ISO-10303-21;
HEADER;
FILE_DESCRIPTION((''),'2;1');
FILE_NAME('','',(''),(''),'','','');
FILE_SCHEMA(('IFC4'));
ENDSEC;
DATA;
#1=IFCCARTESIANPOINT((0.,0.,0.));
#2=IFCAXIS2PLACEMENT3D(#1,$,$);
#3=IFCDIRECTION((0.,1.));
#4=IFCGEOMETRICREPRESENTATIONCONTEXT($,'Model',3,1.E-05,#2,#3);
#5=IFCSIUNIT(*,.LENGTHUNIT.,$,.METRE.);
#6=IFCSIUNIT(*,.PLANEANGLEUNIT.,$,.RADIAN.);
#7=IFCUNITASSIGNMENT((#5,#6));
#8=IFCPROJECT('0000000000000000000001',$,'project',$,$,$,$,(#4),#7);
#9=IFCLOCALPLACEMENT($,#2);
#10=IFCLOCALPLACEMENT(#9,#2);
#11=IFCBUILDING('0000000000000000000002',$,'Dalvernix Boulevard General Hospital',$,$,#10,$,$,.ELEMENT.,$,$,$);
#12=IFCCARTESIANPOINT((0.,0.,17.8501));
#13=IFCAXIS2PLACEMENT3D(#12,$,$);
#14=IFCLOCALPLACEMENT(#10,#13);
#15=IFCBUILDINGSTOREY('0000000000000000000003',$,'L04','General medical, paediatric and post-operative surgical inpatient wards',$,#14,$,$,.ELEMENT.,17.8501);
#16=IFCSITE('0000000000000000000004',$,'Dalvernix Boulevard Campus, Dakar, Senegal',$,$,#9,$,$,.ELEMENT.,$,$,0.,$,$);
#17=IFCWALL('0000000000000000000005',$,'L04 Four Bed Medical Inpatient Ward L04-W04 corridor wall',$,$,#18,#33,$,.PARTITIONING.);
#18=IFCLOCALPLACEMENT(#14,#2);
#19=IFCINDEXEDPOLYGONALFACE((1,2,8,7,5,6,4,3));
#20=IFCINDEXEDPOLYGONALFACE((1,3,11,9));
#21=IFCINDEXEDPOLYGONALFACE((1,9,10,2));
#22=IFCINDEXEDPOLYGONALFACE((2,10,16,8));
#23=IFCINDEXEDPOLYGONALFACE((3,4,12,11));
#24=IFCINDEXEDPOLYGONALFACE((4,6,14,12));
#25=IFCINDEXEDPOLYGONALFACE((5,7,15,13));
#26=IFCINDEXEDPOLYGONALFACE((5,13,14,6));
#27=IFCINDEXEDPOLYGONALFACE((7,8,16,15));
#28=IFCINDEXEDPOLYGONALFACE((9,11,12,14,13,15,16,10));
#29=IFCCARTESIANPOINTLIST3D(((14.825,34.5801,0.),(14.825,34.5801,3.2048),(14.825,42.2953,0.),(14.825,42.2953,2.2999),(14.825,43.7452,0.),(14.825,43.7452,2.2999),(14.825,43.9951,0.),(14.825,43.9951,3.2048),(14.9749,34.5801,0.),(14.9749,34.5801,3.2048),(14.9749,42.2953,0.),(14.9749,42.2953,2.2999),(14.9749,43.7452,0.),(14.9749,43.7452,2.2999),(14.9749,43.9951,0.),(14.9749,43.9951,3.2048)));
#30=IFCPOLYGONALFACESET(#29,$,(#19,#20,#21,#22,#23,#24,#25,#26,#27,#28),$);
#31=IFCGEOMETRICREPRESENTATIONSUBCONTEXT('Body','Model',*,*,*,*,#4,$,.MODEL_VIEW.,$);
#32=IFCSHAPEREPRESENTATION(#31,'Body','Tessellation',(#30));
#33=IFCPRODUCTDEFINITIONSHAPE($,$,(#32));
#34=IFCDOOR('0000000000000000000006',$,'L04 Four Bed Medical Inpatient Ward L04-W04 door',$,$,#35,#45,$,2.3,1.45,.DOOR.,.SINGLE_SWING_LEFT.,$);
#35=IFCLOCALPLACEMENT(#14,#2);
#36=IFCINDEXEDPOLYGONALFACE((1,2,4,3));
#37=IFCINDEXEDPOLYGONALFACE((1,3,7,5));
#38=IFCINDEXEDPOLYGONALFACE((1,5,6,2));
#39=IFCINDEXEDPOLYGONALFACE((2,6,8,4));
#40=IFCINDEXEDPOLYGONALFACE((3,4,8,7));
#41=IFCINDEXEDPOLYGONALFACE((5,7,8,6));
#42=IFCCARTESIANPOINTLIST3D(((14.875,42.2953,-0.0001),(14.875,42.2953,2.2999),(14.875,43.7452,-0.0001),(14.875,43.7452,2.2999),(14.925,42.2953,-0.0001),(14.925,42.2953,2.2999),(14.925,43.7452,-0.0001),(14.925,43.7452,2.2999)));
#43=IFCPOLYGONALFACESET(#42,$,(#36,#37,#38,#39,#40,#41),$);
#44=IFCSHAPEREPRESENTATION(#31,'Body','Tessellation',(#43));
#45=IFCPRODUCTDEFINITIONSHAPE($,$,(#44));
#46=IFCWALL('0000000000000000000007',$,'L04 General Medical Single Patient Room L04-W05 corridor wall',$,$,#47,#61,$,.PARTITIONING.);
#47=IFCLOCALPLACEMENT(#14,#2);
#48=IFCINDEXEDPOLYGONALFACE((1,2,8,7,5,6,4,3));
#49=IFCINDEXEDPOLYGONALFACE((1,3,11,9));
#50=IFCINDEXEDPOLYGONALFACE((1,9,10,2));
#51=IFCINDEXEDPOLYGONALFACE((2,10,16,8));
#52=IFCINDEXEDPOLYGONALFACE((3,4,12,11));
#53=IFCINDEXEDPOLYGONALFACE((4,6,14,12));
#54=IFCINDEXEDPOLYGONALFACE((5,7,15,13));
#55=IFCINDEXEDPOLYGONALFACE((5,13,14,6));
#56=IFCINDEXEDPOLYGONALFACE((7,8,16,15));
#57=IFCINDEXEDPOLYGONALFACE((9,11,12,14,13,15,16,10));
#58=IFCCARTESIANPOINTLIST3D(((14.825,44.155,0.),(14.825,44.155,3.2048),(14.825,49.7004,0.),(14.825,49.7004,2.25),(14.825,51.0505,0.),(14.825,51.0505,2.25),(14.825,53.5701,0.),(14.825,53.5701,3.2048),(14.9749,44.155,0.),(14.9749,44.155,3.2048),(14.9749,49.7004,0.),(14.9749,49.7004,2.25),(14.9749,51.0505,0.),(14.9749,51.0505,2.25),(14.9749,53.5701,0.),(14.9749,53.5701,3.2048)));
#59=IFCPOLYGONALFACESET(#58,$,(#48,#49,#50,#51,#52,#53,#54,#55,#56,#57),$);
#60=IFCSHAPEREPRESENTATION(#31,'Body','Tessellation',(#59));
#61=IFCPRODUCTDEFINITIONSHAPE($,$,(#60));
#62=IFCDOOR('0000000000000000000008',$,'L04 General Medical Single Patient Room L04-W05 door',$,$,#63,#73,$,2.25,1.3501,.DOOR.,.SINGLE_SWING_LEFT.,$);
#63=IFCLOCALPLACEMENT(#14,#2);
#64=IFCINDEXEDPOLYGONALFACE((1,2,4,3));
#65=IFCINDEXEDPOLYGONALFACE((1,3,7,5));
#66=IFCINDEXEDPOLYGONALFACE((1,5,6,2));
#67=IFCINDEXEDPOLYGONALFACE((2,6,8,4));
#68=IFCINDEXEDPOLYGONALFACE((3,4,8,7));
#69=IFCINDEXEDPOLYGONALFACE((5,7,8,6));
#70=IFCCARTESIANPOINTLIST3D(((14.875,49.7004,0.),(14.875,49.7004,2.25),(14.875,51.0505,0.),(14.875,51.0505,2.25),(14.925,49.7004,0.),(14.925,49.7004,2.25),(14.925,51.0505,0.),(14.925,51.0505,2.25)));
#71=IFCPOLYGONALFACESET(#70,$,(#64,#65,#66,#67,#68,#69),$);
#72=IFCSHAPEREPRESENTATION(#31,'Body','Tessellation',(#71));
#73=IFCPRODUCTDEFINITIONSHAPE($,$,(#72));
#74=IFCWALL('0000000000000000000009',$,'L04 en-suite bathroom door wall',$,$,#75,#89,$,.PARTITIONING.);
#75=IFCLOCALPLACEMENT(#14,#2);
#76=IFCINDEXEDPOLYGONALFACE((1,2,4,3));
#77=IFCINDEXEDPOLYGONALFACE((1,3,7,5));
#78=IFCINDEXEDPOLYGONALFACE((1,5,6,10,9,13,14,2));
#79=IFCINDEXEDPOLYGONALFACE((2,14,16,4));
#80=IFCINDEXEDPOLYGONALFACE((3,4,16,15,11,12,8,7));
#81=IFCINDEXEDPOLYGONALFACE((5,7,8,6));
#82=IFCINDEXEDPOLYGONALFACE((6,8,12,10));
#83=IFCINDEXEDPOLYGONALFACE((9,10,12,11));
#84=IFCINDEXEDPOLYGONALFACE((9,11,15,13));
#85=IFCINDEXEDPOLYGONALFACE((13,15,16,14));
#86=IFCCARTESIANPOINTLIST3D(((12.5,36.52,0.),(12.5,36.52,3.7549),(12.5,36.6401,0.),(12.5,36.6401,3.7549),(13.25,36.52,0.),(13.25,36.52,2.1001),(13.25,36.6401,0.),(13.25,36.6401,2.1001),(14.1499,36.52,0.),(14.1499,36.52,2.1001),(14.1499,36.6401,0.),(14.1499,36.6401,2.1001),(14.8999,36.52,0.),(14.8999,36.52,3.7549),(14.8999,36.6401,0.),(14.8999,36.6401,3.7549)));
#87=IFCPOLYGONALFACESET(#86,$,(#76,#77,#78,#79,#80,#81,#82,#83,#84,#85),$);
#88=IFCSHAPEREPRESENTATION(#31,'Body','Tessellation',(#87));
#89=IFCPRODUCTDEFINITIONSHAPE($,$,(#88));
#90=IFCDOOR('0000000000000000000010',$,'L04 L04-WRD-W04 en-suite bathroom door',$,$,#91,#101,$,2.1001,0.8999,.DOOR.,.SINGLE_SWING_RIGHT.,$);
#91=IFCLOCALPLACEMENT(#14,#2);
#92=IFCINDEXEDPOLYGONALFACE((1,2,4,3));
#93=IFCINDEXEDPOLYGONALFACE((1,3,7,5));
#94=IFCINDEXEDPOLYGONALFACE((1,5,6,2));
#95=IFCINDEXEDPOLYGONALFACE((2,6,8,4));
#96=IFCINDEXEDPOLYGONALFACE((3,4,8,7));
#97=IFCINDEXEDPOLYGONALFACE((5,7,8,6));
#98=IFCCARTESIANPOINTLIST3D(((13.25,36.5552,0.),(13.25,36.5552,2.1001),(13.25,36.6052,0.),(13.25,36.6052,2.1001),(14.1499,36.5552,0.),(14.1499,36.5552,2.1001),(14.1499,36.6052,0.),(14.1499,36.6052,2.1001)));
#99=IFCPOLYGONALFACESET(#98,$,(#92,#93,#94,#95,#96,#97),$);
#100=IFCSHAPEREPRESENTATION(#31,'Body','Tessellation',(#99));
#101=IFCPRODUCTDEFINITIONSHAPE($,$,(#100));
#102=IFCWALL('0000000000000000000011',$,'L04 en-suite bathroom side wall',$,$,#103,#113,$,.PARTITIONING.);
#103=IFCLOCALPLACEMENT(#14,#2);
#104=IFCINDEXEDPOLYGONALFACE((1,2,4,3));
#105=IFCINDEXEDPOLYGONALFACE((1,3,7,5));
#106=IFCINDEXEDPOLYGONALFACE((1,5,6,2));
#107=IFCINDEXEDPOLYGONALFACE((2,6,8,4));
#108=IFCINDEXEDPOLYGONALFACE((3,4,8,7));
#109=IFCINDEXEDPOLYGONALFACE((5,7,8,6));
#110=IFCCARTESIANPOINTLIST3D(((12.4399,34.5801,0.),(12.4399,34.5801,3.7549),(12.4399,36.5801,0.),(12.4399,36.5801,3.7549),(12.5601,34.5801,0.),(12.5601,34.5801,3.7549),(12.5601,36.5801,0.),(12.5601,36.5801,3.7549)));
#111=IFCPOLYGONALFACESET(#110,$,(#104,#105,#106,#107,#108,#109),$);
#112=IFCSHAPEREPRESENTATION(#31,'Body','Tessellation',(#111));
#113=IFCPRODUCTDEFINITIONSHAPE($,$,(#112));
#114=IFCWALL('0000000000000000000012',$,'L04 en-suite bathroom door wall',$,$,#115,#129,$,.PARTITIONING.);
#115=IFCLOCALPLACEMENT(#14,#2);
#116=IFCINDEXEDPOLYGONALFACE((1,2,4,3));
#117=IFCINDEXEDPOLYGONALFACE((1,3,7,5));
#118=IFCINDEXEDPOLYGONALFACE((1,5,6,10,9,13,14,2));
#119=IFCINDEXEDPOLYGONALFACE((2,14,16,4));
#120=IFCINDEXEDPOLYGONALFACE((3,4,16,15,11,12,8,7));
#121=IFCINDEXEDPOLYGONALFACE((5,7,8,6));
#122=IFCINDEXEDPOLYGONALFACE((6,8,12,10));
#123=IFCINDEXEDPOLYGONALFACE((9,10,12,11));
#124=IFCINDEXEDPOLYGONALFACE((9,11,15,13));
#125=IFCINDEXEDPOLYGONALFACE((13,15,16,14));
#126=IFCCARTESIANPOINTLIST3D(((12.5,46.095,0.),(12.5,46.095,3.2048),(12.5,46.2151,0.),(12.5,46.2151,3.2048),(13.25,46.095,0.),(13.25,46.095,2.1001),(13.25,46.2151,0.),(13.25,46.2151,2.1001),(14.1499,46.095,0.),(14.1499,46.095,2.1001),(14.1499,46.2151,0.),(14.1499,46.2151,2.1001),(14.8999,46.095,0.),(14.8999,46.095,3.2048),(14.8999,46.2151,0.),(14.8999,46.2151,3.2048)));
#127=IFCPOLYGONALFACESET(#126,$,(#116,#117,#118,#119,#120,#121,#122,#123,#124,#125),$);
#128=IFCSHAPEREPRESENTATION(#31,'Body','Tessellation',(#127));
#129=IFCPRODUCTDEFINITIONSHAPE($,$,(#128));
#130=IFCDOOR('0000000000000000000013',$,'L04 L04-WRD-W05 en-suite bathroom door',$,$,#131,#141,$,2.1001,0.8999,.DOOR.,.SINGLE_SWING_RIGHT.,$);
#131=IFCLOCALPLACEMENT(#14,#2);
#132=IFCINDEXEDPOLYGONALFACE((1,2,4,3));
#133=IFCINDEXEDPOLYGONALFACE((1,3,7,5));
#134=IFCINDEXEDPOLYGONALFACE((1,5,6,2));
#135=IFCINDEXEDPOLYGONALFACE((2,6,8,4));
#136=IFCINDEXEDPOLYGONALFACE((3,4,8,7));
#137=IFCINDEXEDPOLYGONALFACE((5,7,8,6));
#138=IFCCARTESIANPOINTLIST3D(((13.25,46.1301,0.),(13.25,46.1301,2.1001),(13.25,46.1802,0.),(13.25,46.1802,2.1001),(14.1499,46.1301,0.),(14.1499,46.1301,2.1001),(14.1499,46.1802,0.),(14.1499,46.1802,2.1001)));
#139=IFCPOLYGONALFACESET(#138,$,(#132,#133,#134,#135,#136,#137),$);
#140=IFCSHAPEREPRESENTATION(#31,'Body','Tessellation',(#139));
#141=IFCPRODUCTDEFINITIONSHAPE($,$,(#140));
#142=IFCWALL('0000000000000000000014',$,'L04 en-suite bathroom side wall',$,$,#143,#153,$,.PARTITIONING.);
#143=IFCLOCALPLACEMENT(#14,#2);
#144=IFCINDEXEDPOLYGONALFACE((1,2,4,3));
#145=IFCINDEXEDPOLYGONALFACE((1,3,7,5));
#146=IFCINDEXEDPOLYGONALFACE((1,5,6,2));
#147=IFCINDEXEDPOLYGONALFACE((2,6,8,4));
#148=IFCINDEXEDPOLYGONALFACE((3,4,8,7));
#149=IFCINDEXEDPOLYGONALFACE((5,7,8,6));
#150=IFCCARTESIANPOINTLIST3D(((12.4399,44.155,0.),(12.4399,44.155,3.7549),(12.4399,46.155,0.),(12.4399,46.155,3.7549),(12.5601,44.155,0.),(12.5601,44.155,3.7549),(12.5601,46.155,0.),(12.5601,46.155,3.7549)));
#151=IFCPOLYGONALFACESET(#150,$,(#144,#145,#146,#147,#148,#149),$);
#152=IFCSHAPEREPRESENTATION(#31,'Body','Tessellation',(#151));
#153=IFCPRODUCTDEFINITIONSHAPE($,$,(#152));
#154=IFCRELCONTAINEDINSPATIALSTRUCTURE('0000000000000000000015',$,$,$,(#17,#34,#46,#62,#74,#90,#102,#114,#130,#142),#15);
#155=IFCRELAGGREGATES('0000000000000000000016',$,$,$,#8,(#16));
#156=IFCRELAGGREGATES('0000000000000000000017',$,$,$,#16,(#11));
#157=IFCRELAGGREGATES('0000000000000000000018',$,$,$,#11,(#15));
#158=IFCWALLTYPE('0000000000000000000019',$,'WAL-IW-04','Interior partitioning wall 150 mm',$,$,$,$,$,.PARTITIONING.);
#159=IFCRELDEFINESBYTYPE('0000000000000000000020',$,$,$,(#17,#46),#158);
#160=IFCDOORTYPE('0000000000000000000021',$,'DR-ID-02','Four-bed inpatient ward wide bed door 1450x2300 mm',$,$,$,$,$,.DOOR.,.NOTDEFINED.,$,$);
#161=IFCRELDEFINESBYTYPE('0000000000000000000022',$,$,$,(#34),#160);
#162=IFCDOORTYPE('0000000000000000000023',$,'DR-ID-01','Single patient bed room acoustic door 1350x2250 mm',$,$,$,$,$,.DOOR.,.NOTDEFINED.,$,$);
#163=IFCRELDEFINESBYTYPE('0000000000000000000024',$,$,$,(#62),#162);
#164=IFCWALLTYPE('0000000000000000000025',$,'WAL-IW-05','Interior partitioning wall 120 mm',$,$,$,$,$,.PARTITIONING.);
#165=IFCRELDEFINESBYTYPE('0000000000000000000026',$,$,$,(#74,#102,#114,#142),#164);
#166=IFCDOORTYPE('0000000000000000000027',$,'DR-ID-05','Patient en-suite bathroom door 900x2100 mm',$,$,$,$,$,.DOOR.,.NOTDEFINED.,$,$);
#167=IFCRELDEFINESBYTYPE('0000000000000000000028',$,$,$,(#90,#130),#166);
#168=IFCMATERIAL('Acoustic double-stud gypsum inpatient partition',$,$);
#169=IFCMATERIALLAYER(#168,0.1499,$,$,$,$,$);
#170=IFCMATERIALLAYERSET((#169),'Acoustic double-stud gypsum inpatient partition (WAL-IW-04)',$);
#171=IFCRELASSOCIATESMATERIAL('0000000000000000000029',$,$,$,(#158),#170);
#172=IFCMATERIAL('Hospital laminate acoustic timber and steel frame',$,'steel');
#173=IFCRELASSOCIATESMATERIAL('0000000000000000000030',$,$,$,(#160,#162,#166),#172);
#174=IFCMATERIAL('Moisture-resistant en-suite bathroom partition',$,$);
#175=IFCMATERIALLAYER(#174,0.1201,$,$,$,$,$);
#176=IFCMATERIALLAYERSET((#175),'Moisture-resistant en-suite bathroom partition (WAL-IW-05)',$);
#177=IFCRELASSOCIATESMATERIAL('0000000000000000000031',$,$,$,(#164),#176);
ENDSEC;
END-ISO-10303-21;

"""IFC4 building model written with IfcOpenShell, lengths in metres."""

from ifc_helpers import new_model, si_unit, direction, frame, frame_2d, origin, place, context, subcontext, project, spatial, rectangle, extrude, material, layer, layer_set, type_object, element, fill, save


model = new_model("IFC4")

# Units and contexts
model_context = context("Model", 3, precision=1e-05, world=origin(), true_north=direction((0.0, 1.0)))
body_context = subcontext(model_context, "Body", "Model", "MODEL_VIEW")
ifc_project = project(units=[si_unit("LENGTHUNIT", "METRE"), si_unit("PLANEANGLEUNIT", "RADIAN")], contexts=[model_context])

# Site, building, storey
site_placement = place(None, origin())
site = spatial("IfcSite", under=ifc_project, at=site_placement, Name="Dalvernix Boulevard Campus, Dakar, Senegal", CompositionType="ELEMENT", RefElevation=0.0)
building_placement = place(site_placement, origin())
building = spatial("IfcBuilding", under=site, at=building_placement, Name="Dalvernix Boulevard General Hospital", CompositionType="ELEMENT")
storey_placement = place(building_placement, frame((0.0, 0.0, 17.8501)))
storey = spatial("IfcBuildingStorey", under=building, at=storey_placement, Name="L04", Description="General medical, paediatric and post-operative surgical inpatient wards", CompositionType="ELEMENT", Elevation=17.8501)

# Walls, openings, doors
ifc_material_1 = material(Name="Hospital laminate acoustic timber and steel frame", Category="steel")
ifc_material_2 = material(Name="Acoustic double-stud gypsum inpatient partition")
ifc_layer_1 = layer(ifc_material_2, 0.1499)
ifc_layer_set_1 = layer_set([ifc_layer_1], Name="Acoustic double-stud gypsum inpatient partition (WAL-IW-04)")
wall_type_1 = type_object("IfcWallType", Name="WAL-IW-04", Description="Interior partitioning wall 150 mm", PredefinedType="PARTITIONING", material=ifc_layer_set_1)
wall_1_placement = place(storey_placement, frame((14.8999, 34.5801, 0.0), z_axis=(0.0, 0.0, 1.0), x_axis=(0.0, 1.0, 0.0)))
wall_1 = element("IfcWall", 1, at=wall_1_placement, inside=storey, type_object=wall_type_1, Name="L04 Four Bed Medical Inpatient Ward L04-W04 corridor wall", PredefinedType="PARTITIONING", context=body_context, shape_type="SweptSolid", body=[
    extrude(rectangle(XDim=9.415, YDim=0.1499, at=frame_2d((4.7075, 0.0))), origin(), (0.0, 0.0, 1.0), 3.2048),
])
opening_1_placement = place(wall_1_placement, frame((7.7151, 0.0, 0.0)))
opening_1 = element("IfcOpeningElement", 2, at=opening_1_placement, cuts=wall_1, PredefinedType="OPENING", context=body_context, shape_type="SweptSolid", body=[
    extrude(rectangle(XDim=1.45, YDim=2.3, at=frame_2d((0.7251, 1.1499))), frame((0.0, 0.085, 0.0), z_axis=(0.0, -1.0, 0.0), x_axis=(1.0, 0.0, 0.0)), (0.0, 0.0, 1.0), 0.1699),
])
door_type_1 = type_object("IfcDoorType", Name="DR-ID-02", Description="Four-bed inpatient ward wide bed door 1450x2300 mm", OperationType="NOTDEFINED", PredefinedType="DOOR", material=ifc_material_1)
door_1_placement = place(opening_1_placement, origin())
door_1 = element("IfcDoor", 3, at=door_1_placement, inside=storey, type_object=door_type_1, Name="L04 Four Bed Medical Inpatient Ward L04-W04 door", OperationType="SINGLE_SWING_LEFT", OverallHeight=2.3, OverallWidth=1.45, PredefinedType="DOOR", context=body_context, shape_type="SweptSolid", body=[
    extrude(rectangle(XDim=1.45, YDim=2.3, at=frame_2d((0.7251, 1.1499))), frame((0.0, 0.0249, 0.0), z_axis=(0.0, -1.0, 0.0), x_axis=(1.0, 0.0, 0.0)), (0.0, 0.0, 1.0), 0.05),
])
fill(opening_1, door_1)
wall_2_placement = place(storey_placement, frame((14.8999, 44.155, 0.0), z_axis=(0.0, 0.0, 1.0), x_axis=(0.0, 1.0, 0.0)))
wall_2 = element("IfcWall", 4, at=wall_2_placement, inside=storey, type_object=wall_type_1, Name="L04 General Medical Single Patient Room L04-W05 corridor wall", PredefinedType="PARTITIONING", context=body_context, shape_type="SweptSolid", body=[
    extrude(rectangle(XDim=9.415, YDim=0.1499, at=frame_2d((4.7075, 0.0))), origin(), (0.0, 0.0, 1.0), 3.2048),
])
opening_2_placement = place(wall_2_placement, frame((5.5454, 0.0, 0.0)))
opening_2 = element("IfcOpeningElement", 5, at=opening_2_placement, cuts=wall_2, PredefinedType="OPENING", context=body_context, shape_type="SweptSolid", body=[
    extrude(rectangle(XDim=1.3501, YDim=2.25, at=frame_2d((0.675, 1.125))), frame((0.0, 0.085, 0.0), z_axis=(0.0, -1.0, 0.0), x_axis=(1.0, 0.0, 0.0)), (0.0, 0.0, 1.0), 0.1699),
])
door_type_2 = type_object("IfcDoorType", Name="DR-ID-01", Description="Single patient bed room acoustic door 1350x2250 mm", OperationType="NOTDEFINED", PredefinedType="DOOR", material=ifc_material_1)
door_2_placement = place(opening_2_placement, origin())
door_2 = element("IfcDoor", 6, at=door_2_placement, inside=storey, type_object=door_type_2, Name="L04 General Medical Single Patient Room L04-W05 door", OperationType="SINGLE_SWING_LEFT", OverallHeight=2.25, OverallWidth=1.3501, PredefinedType="DOOR", context=body_context, shape_type="SweptSolid", body=[
    extrude(rectangle(XDim=1.3501, YDim=2.25, at=frame_2d((0.675, 1.125))), frame((0.0, 0.0249, 0.0), z_axis=(0.0, -1.0, 0.0), x_axis=(1.0, 0.0, 0.0)), (0.0, 0.0, 1.0), 0.05),
])
fill(opening_2, door_2)
ifc_material_3 = material(Name="Moisture-resistant en-suite bathroom partition")
ifc_layer_2 = layer(ifc_material_3, 0.1201)
ifc_layer_set_2 = layer_set([ifc_layer_2], Name="Moisture-resistant en-suite bathroom partition (WAL-IW-05)")
wall_type_2 = type_object("IfcWallType", Name="WAL-IW-05", Description="Interior partitioning wall 120 mm", PredefinedType="PARTITIONING", material=ifc_layer_set_2)
wall_3_placement = place(storey_placement, frame((14.8999, 36.5801, 0.0), z_axis=(0.0, 0.0, 1.0), x_axis=(-1.0, 0.0, 0.0)))
wall_3 = element("IfcWall", 7, at=wall_3_placement, inside=storey, type_object=wall_type_2, Name="L04 en-suite bathroom door wall", PredefinedType="PARTITIONING", context=body_context, shape_type="SweptSolid", body=[
    extrude(rectangle(XDim=2.3999, YDim=0.1201, at=frame_2d((1.2, 0.0))), origin(), (0.0, 0.0, 1.0), 3.7549),
])
opening_3_placement = place(wall_3_placement, frame((0.75, 0.0, 0.0)))
opening_3 = element("IfcOpeningElement", 8, at=opening_3_placement, cuts=wall_3, PredefinedType="OPENING", context=body_context, shape_type="SweptSolid", body=[
    extrude(rectangle(XDim=0.8999, YDim=2.1001, at=frame_2d((0.45, 1.05))), frame((0.0, 0.0701, 0.0), z_axis=(0.0, -1.0, 0.0), x_axis=(1.0, 0.0, 0.0)), (0.0, 0.0, 1.0), 0.1401),
])
door_type_3 = type_object("IfcDoorType", Name="DR-ID-05", Description="Patient en-suite bathroom door 900x2100 mm", OperationType="NOTDEFINED", PredefinedType="DOOR", material=ifc_material_1)
door_3_placement = place(opening_3_placement, origin())
door_3 = element("IfcDoor", 9, at=door_3_placement, inside=storey, type_object=door_type_3, Name="L04 L04-WRD-W04 en-suite bathroom door", OperationType="SINGLE_SWING_RIGHT", OverallHeight=2.1001, OverallWidth=0.8999, PredefinedType="DOOR", context=body_context, shape_type="SweptSolid", body=[
    extrude(rectangle(XDim=0.8999, YDim=2.1001, at=frame_2d((0.45, 1.05))), frame((0.0, 0.0249, 0.0), z_axis=(0.0, -1.0, 0.0), x_axis=(1.0, 0.0, 0.0)), (0.0, 0.0, 1.0), 0.05),
])
fill(opening_3, door_3)

# Wall
wall_4_placement = place(storey_placement, frame((12.5, 34.5801, 0.0), z_axis=(0.0, 0.0, 1.0), x_axis=(0.0, 1.0, 0.0)))
element("IfcWall", 10, at=wall_4_placement, inside=storey, type_object=wall_type_2, Name="L04 en-suite bathroom side wall", PredefinedType="PARTITIONING", context=body_context, shape_type="SweptSolid", body=[
    extrude(rectangle(XDim=2.0, YDim=0.1201, at=frame_2d((1.0, 0.0))), origin(), (0.0, 0.0, 1.0), 3.7549),
])

# Wall, opening, door
wall_5_placement = place(storey_placement, frame((14.8999, 46.155, 0.0), z_axis=(0.0, 0.0, 1.0), x_axis=(-1.0, 0.0, 0.0)))
wall_5 = element("IfcWall", 11, at=wall_5_placement, inside=storey, type_object=wall_type_2, Name="L04 en-suite bathroom door wall", PredefinedType="PARTITIONING", context=body_context, shape_type="SweptSolid", body=[
    extrude(rectangle(XDim=2.3999, YDim=0.1201, at=frame_2d((1.2, 0.0))), origin(), (0.0, 0.0, 1.0), 3.2048),
])
opening_4_placement = place(wall_5_placement, frame((0.75, 0.0, 0.0)))
opening_4 = element("IfcOpeningElement", 12, at=opening_4_placement, cuts=wall_5, PredefinedType="OPENING", context=body_context, shape_type="SweptSolid", body=[
    extrude(rectangle(XDim=0.8999, YDim=2.1001, at=frame_2d((0.45, 1.05))), frame((0.0, 0.0701, 0.0), z_axis=(0.0, -1.0, 0.0), x_axis=(1.0, 0.0, 0.0)), (0.0, 0.0, 1.0), 0.1401),
])
door_4_placement = place(opening_4_placement, origin())
door_4 = element("IfcDoor", 13, at=door_4_placement, inside=storey, type_object=door_type_3, Name="L04 L04-WRD-W05 en-suite bathroom door", OperationType="SINGLE_SWING_RIGHT", OverallHeight=2.1001, OverallWidth=0.8999, PredefinedType="DOOR", context=body_context, shape_type="SweptSolid", body=[
    extrude(rectangle(XDim=0.8999, YDim=2.1001, at=frame_2d((0.45, 1.05))), frame((0.0, 0.0249, 0.0), z_axis=(0.0, -1.0, 0.0), x_axis=(1.0, 0.0, 0.0)), (0.0, 0.0, 1.0), 0.05),
])
fill(opening_4, door_4)

# Wall
wall_6_placement = place(storey_placement, frame((12.5, 44.155, 0.0), z_axis=(0.0, 0.0, 1.0), x_axis=(0.0, 1.0, 0.0)))
element("IfcWall", 14, at=wall_6_placement, inside=storey, type_object=wall_type_2, Name="L04 en-suite bathroom side wall", PredefinedType="PARTITIONING", context=body_context, shape_type="SweptSolid", body=[
    extrude(rectangle(XDim=2.0, YDim=0.1201, at=frame_2d((1.0, 0.0))), origin(), (0.0, 0.0, 1.0), 3.7549),
])

save(model, "model.ifc")
